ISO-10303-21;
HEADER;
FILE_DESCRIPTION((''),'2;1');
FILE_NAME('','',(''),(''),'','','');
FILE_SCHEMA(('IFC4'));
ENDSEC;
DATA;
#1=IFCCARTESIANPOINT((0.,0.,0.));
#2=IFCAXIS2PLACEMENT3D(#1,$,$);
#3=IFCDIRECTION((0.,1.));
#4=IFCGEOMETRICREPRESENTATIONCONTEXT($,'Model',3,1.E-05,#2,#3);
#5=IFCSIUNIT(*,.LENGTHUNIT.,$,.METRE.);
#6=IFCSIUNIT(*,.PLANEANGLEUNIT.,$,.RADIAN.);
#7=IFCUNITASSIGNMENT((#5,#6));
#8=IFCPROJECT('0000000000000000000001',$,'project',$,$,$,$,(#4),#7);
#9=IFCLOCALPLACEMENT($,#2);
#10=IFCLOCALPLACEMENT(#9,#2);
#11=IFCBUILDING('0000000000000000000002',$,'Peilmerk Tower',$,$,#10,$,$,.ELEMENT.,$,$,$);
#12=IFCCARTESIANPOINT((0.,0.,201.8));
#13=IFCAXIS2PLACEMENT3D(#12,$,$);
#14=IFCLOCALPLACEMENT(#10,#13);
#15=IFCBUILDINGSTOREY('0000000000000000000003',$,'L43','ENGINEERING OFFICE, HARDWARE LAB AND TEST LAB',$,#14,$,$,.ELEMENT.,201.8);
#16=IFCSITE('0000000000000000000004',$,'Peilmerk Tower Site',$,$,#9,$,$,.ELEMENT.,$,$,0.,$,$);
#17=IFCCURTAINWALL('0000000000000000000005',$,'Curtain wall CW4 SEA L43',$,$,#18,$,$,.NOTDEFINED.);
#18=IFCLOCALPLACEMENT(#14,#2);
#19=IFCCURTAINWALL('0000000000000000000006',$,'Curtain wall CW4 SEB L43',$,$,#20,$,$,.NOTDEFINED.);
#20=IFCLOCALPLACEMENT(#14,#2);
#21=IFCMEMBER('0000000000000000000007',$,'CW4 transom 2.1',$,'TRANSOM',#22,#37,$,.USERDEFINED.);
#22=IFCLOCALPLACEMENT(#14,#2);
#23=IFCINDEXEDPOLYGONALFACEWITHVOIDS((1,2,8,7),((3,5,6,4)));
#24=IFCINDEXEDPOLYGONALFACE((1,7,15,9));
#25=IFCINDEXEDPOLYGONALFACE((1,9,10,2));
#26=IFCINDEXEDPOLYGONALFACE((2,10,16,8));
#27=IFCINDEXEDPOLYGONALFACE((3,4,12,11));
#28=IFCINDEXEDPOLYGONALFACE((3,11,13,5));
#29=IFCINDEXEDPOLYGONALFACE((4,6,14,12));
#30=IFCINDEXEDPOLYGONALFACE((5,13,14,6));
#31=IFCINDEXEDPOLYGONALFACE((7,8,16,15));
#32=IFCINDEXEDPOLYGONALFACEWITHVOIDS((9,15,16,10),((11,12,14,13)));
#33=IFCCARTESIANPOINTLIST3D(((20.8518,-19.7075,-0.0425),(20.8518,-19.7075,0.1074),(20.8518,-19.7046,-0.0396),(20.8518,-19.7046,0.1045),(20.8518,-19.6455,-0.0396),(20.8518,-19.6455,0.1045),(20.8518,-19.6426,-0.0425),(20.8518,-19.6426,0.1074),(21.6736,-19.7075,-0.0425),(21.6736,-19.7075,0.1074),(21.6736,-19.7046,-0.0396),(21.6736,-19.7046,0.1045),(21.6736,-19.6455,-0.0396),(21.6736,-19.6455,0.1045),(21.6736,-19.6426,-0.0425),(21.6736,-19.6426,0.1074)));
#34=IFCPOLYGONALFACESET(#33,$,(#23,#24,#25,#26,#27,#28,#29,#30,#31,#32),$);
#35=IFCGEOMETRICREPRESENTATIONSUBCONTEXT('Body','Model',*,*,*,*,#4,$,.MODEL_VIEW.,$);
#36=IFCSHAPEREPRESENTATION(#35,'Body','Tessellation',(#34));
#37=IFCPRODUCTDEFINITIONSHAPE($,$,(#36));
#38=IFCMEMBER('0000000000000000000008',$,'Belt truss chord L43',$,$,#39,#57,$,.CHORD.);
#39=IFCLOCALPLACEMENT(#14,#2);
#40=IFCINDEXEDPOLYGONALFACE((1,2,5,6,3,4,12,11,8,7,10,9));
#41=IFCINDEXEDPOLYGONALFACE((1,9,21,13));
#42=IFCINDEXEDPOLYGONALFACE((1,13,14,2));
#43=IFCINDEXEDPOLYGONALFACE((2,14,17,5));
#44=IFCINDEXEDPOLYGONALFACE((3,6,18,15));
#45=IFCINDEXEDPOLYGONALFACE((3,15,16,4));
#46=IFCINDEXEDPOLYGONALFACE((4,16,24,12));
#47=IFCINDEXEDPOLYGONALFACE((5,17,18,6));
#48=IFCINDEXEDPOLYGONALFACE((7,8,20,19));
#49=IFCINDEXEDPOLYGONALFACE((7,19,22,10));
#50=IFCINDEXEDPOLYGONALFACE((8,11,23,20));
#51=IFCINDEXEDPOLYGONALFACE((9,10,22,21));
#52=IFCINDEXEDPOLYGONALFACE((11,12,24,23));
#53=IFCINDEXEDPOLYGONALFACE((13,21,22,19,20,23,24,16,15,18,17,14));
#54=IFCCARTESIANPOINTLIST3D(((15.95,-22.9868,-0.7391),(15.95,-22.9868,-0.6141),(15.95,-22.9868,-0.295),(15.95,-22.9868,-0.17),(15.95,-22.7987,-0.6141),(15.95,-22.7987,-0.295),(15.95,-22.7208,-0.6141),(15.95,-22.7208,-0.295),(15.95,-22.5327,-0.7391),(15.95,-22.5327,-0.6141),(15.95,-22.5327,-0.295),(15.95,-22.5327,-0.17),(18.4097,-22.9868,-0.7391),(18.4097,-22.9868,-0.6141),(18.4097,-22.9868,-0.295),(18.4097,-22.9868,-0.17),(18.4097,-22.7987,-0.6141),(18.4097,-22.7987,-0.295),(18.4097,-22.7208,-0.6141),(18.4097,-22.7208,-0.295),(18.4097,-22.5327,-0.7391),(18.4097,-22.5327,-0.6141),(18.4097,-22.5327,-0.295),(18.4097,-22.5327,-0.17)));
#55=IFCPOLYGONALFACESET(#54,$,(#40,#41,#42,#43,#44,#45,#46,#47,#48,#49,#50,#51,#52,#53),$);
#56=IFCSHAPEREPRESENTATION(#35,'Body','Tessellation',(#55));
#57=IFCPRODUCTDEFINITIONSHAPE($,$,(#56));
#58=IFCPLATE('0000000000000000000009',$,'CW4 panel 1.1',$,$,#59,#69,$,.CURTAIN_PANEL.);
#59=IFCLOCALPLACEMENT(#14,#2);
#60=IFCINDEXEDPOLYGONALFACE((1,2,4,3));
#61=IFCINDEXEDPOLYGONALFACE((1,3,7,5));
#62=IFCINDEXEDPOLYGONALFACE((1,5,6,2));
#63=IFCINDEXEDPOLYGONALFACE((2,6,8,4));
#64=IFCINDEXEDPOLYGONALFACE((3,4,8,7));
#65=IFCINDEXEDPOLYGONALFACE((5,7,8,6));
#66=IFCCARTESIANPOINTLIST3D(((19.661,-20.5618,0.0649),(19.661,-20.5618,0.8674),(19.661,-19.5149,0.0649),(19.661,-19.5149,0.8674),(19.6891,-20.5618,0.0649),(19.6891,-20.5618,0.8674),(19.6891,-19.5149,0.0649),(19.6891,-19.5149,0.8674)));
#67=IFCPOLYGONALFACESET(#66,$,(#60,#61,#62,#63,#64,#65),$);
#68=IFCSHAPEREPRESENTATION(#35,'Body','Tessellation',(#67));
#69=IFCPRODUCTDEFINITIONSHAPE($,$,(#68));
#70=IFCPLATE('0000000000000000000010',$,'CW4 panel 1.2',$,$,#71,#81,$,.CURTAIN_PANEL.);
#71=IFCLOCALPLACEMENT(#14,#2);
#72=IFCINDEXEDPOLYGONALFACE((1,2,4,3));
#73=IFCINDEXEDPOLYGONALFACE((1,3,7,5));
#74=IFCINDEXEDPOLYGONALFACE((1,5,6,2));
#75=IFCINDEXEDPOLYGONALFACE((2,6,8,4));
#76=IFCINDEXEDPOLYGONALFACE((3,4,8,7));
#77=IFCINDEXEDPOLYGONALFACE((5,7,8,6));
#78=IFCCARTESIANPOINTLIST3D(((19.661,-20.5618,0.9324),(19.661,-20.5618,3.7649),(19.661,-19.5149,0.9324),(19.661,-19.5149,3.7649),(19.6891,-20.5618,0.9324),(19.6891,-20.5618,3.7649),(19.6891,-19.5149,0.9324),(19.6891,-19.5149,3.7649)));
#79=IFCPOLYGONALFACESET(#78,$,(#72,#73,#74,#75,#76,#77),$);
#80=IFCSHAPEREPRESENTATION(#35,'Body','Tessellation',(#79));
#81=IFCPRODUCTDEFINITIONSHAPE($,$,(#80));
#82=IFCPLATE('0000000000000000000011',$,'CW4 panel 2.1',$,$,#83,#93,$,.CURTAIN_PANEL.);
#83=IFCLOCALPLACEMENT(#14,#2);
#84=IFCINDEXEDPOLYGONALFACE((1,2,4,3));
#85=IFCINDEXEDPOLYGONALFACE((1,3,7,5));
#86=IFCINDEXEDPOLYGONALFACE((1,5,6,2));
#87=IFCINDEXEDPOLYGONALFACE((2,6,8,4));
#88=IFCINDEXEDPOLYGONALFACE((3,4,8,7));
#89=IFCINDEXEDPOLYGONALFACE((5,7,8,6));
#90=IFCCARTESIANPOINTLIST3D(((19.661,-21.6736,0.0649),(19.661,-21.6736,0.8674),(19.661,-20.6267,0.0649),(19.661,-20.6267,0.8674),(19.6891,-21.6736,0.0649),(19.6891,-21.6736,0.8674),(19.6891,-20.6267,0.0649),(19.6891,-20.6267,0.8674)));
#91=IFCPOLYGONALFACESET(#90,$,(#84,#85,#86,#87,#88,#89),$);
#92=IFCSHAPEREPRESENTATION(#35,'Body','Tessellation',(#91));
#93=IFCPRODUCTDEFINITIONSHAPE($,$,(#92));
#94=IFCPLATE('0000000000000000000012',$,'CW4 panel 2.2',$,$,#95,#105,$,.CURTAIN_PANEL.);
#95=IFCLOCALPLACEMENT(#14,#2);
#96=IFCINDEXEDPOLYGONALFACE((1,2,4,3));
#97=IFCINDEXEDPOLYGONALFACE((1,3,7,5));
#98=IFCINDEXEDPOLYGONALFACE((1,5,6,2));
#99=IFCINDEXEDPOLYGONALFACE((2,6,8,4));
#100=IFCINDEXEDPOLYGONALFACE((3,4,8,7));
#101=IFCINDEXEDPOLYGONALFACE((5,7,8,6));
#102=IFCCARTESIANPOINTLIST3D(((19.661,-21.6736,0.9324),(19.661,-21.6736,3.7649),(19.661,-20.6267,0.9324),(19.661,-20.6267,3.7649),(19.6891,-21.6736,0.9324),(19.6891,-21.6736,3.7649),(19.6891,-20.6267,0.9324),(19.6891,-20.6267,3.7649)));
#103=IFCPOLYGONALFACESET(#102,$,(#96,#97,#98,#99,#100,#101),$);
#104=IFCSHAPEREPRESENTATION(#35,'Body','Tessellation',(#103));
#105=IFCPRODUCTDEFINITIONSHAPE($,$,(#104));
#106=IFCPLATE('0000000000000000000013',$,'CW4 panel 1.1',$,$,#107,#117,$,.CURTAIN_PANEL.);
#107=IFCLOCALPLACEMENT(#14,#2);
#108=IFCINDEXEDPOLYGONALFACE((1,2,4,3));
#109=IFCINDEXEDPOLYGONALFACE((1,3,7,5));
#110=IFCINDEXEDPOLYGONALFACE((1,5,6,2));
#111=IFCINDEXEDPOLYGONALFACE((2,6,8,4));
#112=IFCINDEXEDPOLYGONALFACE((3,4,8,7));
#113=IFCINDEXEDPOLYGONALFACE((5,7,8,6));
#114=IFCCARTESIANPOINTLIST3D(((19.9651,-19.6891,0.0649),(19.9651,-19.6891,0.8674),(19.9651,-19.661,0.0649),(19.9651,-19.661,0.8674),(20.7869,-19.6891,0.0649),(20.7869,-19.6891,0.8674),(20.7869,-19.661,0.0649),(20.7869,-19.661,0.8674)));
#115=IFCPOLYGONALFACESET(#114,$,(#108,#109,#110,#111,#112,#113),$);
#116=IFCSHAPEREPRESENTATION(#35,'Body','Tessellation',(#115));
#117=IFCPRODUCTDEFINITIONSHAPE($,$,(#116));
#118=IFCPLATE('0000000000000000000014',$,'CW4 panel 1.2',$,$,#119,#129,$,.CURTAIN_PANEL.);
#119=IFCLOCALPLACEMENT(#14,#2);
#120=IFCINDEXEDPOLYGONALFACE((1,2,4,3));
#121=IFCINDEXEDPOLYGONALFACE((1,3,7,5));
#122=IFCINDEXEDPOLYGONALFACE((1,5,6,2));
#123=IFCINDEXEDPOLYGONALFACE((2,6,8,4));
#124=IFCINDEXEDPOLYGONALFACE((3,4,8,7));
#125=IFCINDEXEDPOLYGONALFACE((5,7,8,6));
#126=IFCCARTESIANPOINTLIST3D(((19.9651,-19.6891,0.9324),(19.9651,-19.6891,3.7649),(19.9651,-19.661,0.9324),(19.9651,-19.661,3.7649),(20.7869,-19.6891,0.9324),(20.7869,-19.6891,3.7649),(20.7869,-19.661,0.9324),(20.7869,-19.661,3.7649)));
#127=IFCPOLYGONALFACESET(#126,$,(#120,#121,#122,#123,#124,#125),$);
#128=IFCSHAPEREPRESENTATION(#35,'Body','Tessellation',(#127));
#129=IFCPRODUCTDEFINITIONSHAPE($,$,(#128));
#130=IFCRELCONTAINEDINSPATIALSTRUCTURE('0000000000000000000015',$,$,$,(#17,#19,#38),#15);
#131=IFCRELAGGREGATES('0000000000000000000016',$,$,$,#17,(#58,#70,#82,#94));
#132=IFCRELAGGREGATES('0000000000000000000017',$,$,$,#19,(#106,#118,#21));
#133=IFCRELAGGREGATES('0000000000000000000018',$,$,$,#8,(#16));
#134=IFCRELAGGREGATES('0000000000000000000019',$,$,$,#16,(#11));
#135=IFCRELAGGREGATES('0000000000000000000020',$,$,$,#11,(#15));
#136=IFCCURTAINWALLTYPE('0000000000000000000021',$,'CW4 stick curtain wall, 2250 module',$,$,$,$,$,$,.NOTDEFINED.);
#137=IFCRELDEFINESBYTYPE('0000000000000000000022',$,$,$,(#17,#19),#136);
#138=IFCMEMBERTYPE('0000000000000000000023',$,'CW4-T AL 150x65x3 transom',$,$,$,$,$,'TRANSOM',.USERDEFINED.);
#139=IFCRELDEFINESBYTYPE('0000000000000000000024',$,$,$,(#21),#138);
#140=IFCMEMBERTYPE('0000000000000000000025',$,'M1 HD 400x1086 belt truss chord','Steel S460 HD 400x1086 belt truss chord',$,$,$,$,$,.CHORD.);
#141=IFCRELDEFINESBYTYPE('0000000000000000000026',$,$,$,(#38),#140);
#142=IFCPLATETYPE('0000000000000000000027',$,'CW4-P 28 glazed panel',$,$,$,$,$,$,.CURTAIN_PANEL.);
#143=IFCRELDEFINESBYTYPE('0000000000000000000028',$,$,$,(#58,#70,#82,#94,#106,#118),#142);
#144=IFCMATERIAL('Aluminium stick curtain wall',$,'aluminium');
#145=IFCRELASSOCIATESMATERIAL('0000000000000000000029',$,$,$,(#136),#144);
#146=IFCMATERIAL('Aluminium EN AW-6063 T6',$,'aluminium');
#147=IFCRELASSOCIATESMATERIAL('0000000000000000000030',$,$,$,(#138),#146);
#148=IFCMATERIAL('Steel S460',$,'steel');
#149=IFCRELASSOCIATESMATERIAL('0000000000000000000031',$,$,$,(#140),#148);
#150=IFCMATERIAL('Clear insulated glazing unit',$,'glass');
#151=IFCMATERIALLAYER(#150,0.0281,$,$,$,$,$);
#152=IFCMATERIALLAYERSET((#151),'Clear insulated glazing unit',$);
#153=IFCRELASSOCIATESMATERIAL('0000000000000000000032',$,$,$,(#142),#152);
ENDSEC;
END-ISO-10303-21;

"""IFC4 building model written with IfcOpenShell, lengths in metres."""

from ifc_helpers import new_model, si_unit, direction, frame, origin, origin_2d, place, context, subcontext, project, spatial, rectangle, hollow_rectangle, i_section, extrude, material, layer, layer_set, material_profile, profile_set, type_object, element, aggregate, save


model = new_model("IFC4")

# Units and contexts
model_context = context("Model", 3, precision=1e-05, world=origin(), true_north=direction((0.0, 1.0)))
body_context = subcontext(model_context, "Body", "Model", "MODEL_VIEW")
ifc_project = project(units=[si_unit("LENGTHUNIT", "METRE"), si_unit("PLANEANGLEUNIT", "RADIAN")], contexts=[model_context])

# Site, building, storey
site_placement = place(None, origin())
site = spatial("IfcSite", under=ifc_project, at=site_placement, Name="Peilmerk Tower Site", CompositionType="ELEMENT", RefElevation=0.0)
building_placement = place(site_placement, origin())
building = spatial("IfcBuilding", under=site, at=building_placement, Name="Peilmerk Tower", CompositionType="ELEMENT")
storey_placement = place(building_placement, frame((0.0, 0.0, 201.8)))
storey = spatial("IfcBuildingStorey", under=building, at=storey_placement, Name="L43", Description="ENGINEERING OFFICE, HARDWARE LAB AND TEST LAB", CompositionType="ELEMENT", Elevation=201.8)

# Curtain walls
ifc_material_1 = material(Name="Aluminium stick curtain wall", Category="aluminium")
curtain_wall_type = type_object("IfcCurtainWallType", Name="CW4 stick curtain wall, 2250 module", PredefinedType="NOTDEFINED", material=ifc_material_1)
curtain_wall_1_placement = place(storey_placement, origin())
curtain_wall_1 = element("IfcCurtainWall", 1, at=curtain_wall_1_placement, inside=storey, type_object=curtain_wall_type, Name="Curtain wall CW4 SEA L43", PredefinedType="NOTDEFINED")
ifc_material_2 = material(Name="Aluminium EN AW-6063 T6", Category="aluminium")
curtain_wall_2_placement = place(storey_placement, origin())
curtain_wall_2 = element("IfcCurtainWall", 2, at=curtain_wall_2_placement, inside=storey, type_object=curtain_wall_type, Name="Curtain wall CW4 SEB L43", PredefinedType="NOTDEFINED")

# Members
ifc_material_profile_1 = material_profile(ifc_material_2, hollow_rectangle(XDim=0.0649, YDim=0.1499, WallThickness=0.0029, at=origin_2d()), Name="AL 150x65x3")
ifc_profile_set_1 = profile_set([ifc_material_profile_1], Name="Aluminium EN AW-6063 T6")
member_type_1 = type_object("IfcMemberType", Name="CW4-T AL 150x65x3 transom", ElementType="TRANSOM", PredefinedType="USERDEFINED", material=ifc_profile_set_1)
member_1_placement = place(storey_placement, frame((20.8518, -19.675, 0.0325), z_axis=(1.0, 0.0, 0.0), x_axis=(0.0, 1.0, 0.0)))
member_1 = element("IfcMember", 3, at=member_1_placement, type_object=member_type_1, Name="CW4 transom 2.1", ObjectType="TRANSOM", PredefinedType="USERDEFINED", context=body_context, shape_type="SweptSolid", body=[
    extrude(hollow_rectangle(XDim=0.0649, YDim=0.1499, WallThickness=0.0029, at=origin_2d()), origin(), (0.0, 0.0, 1.0), 0.8218),
])
ifc_material_3 = material(Name="Steel S460", Category="steel")
ifc_material_profile_2 = material_profile(ifc_material_3, i_section(OverallWidth=0.4541, OverallDepth=0.5691, WebThickness=0.0779, FlangeThickness=0.125, at=origin_2d()), Name="HD 400x1086")
ifc_profile_set_2 = profile_set([ifc_material_profile_2], Name="Steel S460")
member_type_2 = type_object("IfcMemberType", Name="M1 HD 400x1086 belt truss chord", Description="Steel S460 HD 400x1086 belt truss chord", PredefinedType="CHORD", material=ifc_profile_set_2)
member_2_placement = place(storey_placement, frame((15.95, -22.7598, -0.4546), z_axis=(1.0, 0.0, 0.0), x_axis=(0.0, 1.0, 0.0)))
element("IfcMember", 4, at=member_2_placement, inside=storey, type_object=member_type_2, Name="Belt truss chord L43", PredefinedType="CHORD", context=body_context, shape_type="SweptSolid", body=[
    extrude(i_section(OverallWidth=0.4541, OverallDepth=0.5691, WebThickness=0.0779, FlangeThickness=0.125, at=origin_2d()), origin(), (0.0, 0.0, 1.0), 2.4597),
])

# Plates
ifc_material_4 = material(Name="Clear insulated glazing unit", Category="glass")
ifc_layer_1 = layer(ifc_material_4, 0.0281)
ifc_layer_set_1 = layer_set([ifc_layer_1], Name="Clear insulated glazing unit")
plate_type = type_object("IfcPlateType", Name="CW4-P 28 glazed panel", PredefinedType="CURTAIN_PANEL", material=ifc_layer_set_1)
plate_1_placement = place(storey_placement, frame((19.675, -20.0383, 0.0649), z_axis=(0.0, 0.0, 1.0), x_axis=(0.0, -1.0, 0.0)))
plate_1 = element("IfcPlate", 5, at=plate_1_placement, type_object=plate_type, Name="CW4 panel 1.1", PredefinedType="CURTAIN_PANEL", context=body_context, shape_type="SweptSolid", body=[
    extrude(rectangle(XDim=1.0469, YDim=0.0281, at=origin_2d()), origin(), (0.0, 0.0, 1.0), 0.8025),
])
plate_2_placement = place(storey_placement, frame((19.675, -20.0383, 0.9324), z_axis=(0.0, 0.0, 1.0), x_axis=(0.0, -1.0, 0.0)))
plate_2 = element("IfcPlate", 6, at=plate_2_placement, type_object=plate_type, Name="CW4 panel 1.2", PredefinedType="CURTAIN_PANEL", context=body_context, shape_type="SweptSolid", body=[
    extrude(rectangle(XDim=1.0469, YDim=0.0281, at=origin_2d()), origin(), (0.0, 0.0, 1.0), 2.8325),
])
plate_3_placement = place(storey_placement, frame((19.675, -21.1501, 0.0649), z_axis=(0.0, 0.0, 1.0), x_axis=(0.0, -1.0, 0.0)))
plate_3 = element("IfcPlate", 7, at=plate_3_placement, type_object=plate_type, Name="CW4 panel 2.1", PredefinedType="CURTAIN_PANEL", context=body_context, shape_type="SweptSolid", body=[
    extrude(rectangle(XDim=1.0469, YDim=0.0281, at=origin_2d()), origin(), (0.0, 0.0, 1.0), 0.8025),
])
plate_4_placement = place(storey_placement, frame((19.675, -21.1501, 0.9324), z_axis=(0.0, 0.0, 1.0), x_axis=(0.0, -1.0, 0.0)))
plate_4 = element("IfcPlate", 8, at=plate_4_placement, type_object=plate_type, Name="CW4 panel 2.2", PredefinedType="CURTAIN_PANEL", context=body_context, shape_type="SweptSolid", body=[
    extrude(rectangle(XDim=1.0469, YDim=0.0281, at=origin_2d()), origin(), (0.0, 0.0, 1.0), 2.8325),
])
aggregate(curtain_wall_1, [plate_1, plate_2, plate_3, plate_4])
plate_5_placement = place(storey_placement, frame((20.376, -19.675, 0.0649), z_axis=(0.0, 0.0, 1.0), x_axis=(1.0, 0.0, 0.0)))
plate_5 = element("IfcPlate", 9, at=plate_5_placement, type_object=plate_type, Name="CW4 panel 1.1", PredefinedType="CURTAIN_PANEL", context=body_context, shape_type="SweptSolid", body=[
    extrude(rectangle(XDim=0.8218, YDim=0.0281, at=origin_2d()), origin(), (0.0, 0.0, 1.0), 0.8025),
])
plate_6_placement = place(storey_placement, frame((20.376, -19.675, 0.9324), z_axis=(0.0, 0.0, 1.0), x_axis=(1.0, 0.0, 0.0)))
plate_6 = element("IfcPlate", 10, at=plate_6_placement, type_object=plate_type, Name="CW4 panel 1.2", PredefinedType="CURTAIN_PANEL", context=body_context, shape_type="SweptSolid", body=[
    extrude(rectangle(XDim=0.8218, YDim=0.0281, at=origin_2d()), origin(), (0.0, 0.0, 1.0), 2.8325),
])
aggregate(curtain_wall_2, [plate_5, plate_6, member_1])

save(model, "model.ifc")
